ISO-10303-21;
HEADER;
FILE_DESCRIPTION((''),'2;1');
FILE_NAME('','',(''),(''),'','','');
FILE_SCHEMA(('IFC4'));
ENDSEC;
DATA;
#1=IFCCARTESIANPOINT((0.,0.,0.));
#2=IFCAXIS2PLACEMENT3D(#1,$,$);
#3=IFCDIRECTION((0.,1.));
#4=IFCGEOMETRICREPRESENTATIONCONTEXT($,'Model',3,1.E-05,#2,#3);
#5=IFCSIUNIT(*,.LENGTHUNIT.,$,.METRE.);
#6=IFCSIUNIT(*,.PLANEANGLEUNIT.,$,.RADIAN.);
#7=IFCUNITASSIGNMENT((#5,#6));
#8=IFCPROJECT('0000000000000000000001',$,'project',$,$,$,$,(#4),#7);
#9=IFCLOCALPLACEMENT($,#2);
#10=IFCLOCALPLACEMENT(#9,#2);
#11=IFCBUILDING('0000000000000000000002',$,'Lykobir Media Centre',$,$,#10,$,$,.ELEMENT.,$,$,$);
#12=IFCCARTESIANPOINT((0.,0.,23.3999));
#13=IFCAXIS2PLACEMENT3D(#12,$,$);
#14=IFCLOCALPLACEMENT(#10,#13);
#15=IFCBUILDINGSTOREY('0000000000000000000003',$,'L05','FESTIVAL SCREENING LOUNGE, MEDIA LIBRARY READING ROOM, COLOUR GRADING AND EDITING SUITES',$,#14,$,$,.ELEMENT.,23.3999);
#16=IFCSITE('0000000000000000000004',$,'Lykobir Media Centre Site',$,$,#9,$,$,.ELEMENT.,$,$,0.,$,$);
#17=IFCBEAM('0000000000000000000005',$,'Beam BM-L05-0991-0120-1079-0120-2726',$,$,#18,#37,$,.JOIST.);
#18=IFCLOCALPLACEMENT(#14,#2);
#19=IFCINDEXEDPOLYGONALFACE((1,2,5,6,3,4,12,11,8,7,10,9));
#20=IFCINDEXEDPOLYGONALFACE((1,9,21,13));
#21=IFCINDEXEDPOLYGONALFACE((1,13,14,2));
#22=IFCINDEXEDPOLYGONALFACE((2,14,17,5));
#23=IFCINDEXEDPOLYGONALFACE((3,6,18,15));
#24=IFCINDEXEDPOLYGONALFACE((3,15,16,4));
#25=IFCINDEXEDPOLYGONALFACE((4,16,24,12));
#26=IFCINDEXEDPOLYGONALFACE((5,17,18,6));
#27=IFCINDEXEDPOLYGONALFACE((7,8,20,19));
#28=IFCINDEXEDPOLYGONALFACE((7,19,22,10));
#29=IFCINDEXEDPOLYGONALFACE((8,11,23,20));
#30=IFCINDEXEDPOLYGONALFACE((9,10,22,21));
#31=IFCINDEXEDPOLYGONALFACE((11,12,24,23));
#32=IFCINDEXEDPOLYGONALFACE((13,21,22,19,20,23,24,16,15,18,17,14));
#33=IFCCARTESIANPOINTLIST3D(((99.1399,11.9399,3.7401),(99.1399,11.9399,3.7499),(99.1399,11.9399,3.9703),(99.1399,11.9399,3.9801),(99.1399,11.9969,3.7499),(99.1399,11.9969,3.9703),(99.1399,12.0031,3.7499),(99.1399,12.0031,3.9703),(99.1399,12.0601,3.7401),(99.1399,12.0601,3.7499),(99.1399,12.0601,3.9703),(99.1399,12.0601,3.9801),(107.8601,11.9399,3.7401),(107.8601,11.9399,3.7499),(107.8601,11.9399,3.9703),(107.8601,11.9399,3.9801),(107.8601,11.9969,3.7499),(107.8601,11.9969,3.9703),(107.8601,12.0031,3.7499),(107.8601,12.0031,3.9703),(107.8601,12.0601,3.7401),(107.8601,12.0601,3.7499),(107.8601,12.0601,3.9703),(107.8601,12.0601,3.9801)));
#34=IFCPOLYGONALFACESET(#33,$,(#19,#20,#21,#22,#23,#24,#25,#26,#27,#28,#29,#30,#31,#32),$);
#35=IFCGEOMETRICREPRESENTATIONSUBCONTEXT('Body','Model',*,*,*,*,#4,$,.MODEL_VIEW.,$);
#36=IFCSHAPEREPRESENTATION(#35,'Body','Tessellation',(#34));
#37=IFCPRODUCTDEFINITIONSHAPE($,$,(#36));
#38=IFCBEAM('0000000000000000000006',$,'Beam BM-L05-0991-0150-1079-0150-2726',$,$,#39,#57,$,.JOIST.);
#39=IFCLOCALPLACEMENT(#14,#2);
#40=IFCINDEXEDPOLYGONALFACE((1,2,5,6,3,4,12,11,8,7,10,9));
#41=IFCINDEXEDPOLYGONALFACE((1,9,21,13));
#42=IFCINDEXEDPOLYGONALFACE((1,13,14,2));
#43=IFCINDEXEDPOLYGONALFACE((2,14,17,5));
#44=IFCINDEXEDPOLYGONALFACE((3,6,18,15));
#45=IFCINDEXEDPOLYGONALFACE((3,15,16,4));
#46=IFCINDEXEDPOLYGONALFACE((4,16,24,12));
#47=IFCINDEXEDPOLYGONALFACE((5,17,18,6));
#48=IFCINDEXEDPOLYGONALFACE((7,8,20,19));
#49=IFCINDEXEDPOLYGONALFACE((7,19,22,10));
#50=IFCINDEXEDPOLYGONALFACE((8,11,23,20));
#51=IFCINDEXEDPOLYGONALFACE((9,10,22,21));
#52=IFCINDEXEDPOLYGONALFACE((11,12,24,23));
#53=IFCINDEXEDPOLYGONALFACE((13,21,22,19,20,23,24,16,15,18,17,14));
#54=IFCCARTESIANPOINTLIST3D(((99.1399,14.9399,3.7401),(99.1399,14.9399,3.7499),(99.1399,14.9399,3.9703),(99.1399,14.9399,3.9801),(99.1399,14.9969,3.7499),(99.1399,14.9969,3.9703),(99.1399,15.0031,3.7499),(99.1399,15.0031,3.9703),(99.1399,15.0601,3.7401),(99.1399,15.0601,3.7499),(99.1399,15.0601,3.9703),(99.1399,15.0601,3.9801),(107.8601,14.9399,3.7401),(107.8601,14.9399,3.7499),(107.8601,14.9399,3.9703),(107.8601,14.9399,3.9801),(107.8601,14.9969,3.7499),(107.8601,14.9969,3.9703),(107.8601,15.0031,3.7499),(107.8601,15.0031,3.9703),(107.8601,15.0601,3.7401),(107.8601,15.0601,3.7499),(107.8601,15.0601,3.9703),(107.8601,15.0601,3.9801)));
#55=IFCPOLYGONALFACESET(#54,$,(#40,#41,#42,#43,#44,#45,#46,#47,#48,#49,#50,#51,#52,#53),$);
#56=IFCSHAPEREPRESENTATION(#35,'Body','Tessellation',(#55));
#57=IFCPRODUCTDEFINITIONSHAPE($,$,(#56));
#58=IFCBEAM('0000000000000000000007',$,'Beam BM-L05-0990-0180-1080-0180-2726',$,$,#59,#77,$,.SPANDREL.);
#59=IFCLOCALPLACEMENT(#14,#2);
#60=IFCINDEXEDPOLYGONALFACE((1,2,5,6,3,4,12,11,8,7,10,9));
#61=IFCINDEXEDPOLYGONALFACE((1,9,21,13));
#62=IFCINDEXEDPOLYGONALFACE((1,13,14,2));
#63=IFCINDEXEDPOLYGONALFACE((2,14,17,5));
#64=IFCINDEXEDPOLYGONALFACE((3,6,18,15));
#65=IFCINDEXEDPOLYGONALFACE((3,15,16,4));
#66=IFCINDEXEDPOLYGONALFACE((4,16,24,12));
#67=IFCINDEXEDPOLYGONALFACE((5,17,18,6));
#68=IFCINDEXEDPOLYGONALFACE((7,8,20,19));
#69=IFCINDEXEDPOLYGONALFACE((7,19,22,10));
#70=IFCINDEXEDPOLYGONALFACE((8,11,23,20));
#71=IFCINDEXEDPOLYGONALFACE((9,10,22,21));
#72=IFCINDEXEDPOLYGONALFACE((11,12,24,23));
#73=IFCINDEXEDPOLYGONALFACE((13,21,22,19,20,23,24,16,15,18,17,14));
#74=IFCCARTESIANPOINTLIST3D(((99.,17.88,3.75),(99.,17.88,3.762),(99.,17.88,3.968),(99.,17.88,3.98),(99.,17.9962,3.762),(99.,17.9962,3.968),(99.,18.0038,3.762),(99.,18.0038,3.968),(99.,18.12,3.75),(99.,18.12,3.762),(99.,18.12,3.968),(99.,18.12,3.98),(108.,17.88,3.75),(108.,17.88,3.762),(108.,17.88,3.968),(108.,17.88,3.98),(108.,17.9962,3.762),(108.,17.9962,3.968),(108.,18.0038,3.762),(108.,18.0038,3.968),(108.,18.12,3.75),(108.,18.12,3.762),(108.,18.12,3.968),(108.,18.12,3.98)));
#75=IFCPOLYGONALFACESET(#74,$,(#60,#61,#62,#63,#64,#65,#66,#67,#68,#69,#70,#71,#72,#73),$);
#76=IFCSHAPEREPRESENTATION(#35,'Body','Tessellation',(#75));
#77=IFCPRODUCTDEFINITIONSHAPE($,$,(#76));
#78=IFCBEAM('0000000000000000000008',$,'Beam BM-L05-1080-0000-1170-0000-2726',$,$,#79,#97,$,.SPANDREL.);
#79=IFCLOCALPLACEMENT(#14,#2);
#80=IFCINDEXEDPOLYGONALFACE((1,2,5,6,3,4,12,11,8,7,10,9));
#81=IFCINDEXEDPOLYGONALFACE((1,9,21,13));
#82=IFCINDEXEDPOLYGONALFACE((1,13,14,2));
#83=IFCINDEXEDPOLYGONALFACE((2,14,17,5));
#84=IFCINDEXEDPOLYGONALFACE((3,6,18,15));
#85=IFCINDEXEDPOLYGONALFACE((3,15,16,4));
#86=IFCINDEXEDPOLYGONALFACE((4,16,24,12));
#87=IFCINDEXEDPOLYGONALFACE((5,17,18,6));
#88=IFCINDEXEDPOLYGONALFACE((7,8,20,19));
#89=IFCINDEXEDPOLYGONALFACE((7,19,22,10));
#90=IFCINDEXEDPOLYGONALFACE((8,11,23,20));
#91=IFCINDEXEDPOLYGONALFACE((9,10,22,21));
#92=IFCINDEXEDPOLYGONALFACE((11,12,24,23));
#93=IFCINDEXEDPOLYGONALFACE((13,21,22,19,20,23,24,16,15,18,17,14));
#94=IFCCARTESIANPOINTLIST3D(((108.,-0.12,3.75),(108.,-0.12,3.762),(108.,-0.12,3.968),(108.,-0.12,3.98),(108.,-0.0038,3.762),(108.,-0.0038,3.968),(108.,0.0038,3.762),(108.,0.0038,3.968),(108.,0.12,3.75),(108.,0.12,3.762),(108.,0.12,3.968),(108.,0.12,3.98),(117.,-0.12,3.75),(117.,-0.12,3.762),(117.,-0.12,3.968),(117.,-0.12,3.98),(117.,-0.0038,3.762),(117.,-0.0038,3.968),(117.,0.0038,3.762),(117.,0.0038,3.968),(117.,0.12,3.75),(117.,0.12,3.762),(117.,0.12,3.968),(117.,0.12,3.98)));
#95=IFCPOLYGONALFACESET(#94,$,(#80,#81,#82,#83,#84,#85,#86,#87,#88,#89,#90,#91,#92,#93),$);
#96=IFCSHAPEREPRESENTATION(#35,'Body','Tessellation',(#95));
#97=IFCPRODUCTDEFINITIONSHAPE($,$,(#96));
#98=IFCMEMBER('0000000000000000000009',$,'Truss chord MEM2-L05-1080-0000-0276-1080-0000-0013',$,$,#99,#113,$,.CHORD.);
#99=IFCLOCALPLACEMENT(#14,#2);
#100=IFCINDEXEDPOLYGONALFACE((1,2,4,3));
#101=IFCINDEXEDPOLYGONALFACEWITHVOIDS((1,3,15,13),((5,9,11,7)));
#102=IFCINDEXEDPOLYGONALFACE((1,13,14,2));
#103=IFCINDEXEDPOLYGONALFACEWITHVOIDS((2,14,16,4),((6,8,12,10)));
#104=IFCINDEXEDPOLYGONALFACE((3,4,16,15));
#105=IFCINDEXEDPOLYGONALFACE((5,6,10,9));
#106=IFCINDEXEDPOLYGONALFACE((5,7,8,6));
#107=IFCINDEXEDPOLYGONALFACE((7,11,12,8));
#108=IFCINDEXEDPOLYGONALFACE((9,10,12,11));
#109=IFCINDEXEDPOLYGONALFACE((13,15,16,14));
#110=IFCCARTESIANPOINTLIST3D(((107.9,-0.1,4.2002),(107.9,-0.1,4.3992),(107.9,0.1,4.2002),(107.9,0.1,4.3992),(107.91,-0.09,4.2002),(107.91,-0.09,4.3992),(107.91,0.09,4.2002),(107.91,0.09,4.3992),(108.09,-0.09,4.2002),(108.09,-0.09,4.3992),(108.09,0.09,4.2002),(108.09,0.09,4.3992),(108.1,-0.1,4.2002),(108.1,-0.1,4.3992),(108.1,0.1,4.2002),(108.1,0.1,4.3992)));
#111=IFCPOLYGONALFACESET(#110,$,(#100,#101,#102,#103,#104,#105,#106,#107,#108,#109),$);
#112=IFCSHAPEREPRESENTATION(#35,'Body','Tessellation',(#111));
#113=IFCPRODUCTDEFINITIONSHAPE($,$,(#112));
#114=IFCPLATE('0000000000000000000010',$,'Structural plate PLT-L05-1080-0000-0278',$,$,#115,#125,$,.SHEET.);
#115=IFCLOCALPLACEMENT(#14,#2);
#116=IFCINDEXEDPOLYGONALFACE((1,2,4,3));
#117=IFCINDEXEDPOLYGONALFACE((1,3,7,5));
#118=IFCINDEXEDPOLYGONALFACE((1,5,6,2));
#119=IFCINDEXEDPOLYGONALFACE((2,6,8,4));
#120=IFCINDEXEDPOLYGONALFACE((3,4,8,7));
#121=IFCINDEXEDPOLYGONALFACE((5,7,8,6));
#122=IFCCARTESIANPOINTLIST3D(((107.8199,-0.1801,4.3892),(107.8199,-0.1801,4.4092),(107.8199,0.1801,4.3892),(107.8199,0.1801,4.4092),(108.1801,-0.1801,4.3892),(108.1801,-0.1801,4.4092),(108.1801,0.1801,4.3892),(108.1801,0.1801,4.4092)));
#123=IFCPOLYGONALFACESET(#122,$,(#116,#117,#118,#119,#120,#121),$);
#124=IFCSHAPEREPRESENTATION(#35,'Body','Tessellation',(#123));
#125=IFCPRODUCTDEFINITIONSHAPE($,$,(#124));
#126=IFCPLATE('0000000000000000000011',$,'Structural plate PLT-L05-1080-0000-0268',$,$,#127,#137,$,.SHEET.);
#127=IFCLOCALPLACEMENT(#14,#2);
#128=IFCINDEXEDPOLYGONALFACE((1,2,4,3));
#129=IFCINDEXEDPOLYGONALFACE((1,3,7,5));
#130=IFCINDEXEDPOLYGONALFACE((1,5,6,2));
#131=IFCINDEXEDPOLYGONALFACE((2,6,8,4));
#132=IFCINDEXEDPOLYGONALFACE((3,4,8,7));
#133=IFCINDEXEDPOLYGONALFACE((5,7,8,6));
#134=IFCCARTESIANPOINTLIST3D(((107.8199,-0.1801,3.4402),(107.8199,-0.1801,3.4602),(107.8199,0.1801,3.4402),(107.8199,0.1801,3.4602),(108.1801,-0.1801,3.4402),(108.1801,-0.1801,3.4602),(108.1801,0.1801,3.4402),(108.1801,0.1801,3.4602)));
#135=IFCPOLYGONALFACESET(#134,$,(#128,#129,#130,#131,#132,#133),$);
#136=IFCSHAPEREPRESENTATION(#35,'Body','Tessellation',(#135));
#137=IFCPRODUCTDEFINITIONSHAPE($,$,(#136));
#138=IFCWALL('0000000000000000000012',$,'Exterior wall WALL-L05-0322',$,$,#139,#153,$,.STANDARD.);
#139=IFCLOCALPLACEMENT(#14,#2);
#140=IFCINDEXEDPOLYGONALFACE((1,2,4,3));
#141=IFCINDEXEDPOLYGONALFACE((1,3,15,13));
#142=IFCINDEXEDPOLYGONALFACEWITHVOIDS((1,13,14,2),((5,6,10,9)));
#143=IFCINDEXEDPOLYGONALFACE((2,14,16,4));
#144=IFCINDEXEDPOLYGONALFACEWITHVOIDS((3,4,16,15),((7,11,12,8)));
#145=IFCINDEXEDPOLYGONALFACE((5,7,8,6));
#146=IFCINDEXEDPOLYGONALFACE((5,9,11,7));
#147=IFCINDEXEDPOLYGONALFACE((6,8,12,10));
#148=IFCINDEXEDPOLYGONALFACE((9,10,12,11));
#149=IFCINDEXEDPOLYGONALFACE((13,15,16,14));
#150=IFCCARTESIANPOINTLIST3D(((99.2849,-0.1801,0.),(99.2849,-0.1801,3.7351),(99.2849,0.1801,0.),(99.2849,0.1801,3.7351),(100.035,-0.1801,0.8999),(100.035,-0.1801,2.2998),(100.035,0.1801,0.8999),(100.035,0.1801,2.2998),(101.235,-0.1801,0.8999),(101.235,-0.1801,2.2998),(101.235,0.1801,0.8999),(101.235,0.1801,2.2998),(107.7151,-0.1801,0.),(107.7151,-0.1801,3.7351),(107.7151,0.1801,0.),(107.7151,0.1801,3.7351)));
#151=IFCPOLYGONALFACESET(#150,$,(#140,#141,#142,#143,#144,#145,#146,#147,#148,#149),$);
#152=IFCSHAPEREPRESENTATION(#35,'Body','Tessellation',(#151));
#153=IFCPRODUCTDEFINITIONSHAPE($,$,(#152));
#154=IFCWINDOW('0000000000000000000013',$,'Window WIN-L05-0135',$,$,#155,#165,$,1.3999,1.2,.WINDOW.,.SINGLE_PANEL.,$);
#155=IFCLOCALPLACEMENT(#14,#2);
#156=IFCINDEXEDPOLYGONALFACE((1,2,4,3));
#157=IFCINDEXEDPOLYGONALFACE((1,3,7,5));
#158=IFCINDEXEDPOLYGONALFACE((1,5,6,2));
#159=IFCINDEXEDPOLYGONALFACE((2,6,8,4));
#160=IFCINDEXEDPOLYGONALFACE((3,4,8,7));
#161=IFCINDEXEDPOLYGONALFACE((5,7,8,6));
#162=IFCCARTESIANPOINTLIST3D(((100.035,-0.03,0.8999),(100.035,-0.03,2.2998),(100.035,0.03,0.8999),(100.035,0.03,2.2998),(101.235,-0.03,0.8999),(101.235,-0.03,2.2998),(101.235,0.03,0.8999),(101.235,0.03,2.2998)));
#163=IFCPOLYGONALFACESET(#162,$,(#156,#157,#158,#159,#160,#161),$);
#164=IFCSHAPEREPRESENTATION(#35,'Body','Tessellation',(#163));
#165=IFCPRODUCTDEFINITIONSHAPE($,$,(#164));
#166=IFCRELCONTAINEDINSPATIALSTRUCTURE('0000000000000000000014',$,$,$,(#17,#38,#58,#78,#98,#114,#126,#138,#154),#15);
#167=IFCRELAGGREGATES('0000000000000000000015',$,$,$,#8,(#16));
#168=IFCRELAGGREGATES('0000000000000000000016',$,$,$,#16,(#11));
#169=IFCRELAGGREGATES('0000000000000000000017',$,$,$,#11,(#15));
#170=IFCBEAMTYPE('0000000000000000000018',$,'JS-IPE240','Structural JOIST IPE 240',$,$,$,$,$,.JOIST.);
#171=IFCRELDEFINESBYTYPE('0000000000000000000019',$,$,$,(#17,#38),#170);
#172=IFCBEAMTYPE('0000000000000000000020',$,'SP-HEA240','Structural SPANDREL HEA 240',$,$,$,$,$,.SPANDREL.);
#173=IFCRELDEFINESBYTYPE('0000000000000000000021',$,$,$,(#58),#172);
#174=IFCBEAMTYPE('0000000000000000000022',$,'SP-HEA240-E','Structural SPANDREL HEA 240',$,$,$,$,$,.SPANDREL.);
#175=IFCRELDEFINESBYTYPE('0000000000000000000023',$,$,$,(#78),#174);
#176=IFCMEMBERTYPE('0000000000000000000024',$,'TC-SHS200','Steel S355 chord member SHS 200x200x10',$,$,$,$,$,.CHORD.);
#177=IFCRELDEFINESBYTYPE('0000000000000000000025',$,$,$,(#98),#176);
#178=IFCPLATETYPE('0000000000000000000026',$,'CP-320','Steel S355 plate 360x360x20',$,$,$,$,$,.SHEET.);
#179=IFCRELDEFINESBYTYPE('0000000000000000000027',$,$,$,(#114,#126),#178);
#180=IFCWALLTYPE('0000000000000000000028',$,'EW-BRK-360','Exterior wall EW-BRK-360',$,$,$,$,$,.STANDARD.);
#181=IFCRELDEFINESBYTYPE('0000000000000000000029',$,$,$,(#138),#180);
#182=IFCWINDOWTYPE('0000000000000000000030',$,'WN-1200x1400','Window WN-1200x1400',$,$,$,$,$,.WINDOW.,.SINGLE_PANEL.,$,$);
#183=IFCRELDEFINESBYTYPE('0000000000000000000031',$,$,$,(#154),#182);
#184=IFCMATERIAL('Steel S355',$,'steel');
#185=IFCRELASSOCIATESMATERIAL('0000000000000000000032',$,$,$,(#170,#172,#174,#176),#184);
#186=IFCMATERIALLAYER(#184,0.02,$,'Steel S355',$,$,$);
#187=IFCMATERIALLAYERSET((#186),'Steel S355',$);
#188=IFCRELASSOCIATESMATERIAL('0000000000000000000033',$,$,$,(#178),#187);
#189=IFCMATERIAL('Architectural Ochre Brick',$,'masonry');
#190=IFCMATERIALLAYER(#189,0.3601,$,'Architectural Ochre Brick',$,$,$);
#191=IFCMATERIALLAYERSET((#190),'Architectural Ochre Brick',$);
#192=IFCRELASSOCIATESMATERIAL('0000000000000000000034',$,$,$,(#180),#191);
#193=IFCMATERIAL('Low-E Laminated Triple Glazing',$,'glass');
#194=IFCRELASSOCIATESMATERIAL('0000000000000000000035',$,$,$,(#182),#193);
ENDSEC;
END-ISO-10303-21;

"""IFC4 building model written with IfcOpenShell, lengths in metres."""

from ifc_helpers import new_model, si_unit, direction, frame, frame_2d, origin, origin_2d, place, context, subcontext, project, spatial, rectangle, hollow_rectangle, i_section, extrude, material, layer, layer_set, material_profile, profile_set, type_object, element, fill, save


model = new_model("IFC4")

# Units and contexts
model_context = context("Model", 3, precision=1e-05, world=origin(), true_north=direction((0.0, 1.0)))
body_context = subcontext(model_context, "Body", "Model", "MODEL_VIEW")
ifc_project = project(units=[si_unit("LENGTHUNIT", "METRE"), si_unit("PLANEANGLEUNIT", "RADIAN")], contexts=[model_context])

# Site, building, storey
site_placement = place(None, origin())
site = spatial("IfcSite", under=ifc_project, at=site_placement, Name="Lykobir Media Centre Site", CompositionType="ELEMENT", RefElevation=0.0)
building_placement = place(site_placement, origin())
building = spatial("IfcBuilding", under=site, at=building_placement, Name="Lykobir Media Centre", CompositionType="ELEMENT")
storey_placement = place(building_placement, frame((0.0, 0.0, 23.3999)))
storey = spatial("IfcBuildingStorey", under=building, at=storey_placement, Name="L05", Description="FESTIVAL SCREENING LOUNGE, MEDIA LIBRARY READING ROOM, COLOUR GRADING AND EDITING SUITES", CompositionType="ELEMENT", Elevation=23.3999)

# Shared definitions
ifc_material_1 = material(Name="Steel S355", Category="steel")

# Beams
ifc_material_profile_1 = material_profile(ifc_material_1, i_section(OverallWidth=0.1201, OverallDepth=0.24, WebThickness=0.0061, FlangeThickness=0.0098, at=origin_2d()), Name="IPE 240")
ifc_profile_set_1 = profile_set([ifc_material_profile_1], Name="Steel S355")
beam_type_1 = type_object("IfcBeamType", Name="JS-IPE240", Description="Structural JOIST IPE 240", PredefinedType="JOIST", material=ifc_profile_set_1)
for number, where, z_axis, x_axis, name in (
    (1, (99.1399, 12.0, 3.8601), (1.0, 0.0, 0.0), (0.0, 1.0, 0.0), "Beam BM-L05-0991-0120-1079-0120-2726"),
    (2, (99.1399, 15.0, 3.8601), (1.0, 0.0, 0.0), (0.0, 1.0, 0.0), "Beam BM-L05-0991-0150-1079-0150-2726"),
):
    element("IfcBeam", number, at=place(storey_placement, frame(where, z_axis=z_axis, x_axis=x_axis)), inside=storey, type_object=beam_type_1, Name=name, PredefinedType="JOIST", context=body_context, shape_type="SweptSolid", body=[
        extrude(i_section(OverallWidth=0.1201, OverallDepth=0.24, WebThickness=0.0061, FlangeThickness=0.0098, at=origin_2d()), origin(), (0.0, 0.0, 1.0), 8.7202),
    ])
ifc_material_profile_2 = material_profile(ifc_material_1, i_section(OverallWidth=0.24, OverallDepth=0.23, WebThickness=0.0076, FlangeThickness=0.012, at=origin_2d()), Name="HEA 240")
ifc_profile_set_2 = profile_set([ifc_material_profile_2], Name="Steel S355")
beam_type_2 = type_object("IfcBeamType", Name="SP-HEA240", Description="Structural SPANDREL HEA 240", PredefinedType="SPANDREL", material=ifc_profile_set_2)
beam_1_placement = place(storey_placement, frame((99.0, 18.0, 3.865), z_axis=(1.0, 0.0, 0.0), x_axis=(0.0, 1.0, 0.0)))
element("IfcBeam", 3, at=beam_1_placement, inside=storey, type_object=beam_type_2, Name="Beam BM-L05-0990-0180-1080-0180-2726", PredefinedType="SPANDREL", context=body_context, shape_type="SweptSolid", body=[
    extrude(i_section(OverallWidth=0.24, OverallDepth=0.23, WebThickness=0.0076, FlangeThickness=0.012, at=origin_2d()), origin(), (0.0, 0.0, 1.0), 9.0),
])
ifc_material_profile_3 = material_profile(ifc_material_1, i_section(OverallWidth=0.24, OverallDepth=0.23, WebThickness=0.0076, FlangeThickness=0.012, at=origin_2d()), Name="HEA 240")
ifc_profile_set_3 = profile_set([ifc_material_profile_3], Name="Steel S355")
beam_type_3 = type_object("IfcBeamType", Name="SP-HEA240-E", Description="Structural SPANDREL HEA 240", PredefinedType="SPANDREL", material=ifc_profile_set_3)
beam_2_placement = place(storey_placement, frame((108.0, 0.0, 3.865), z_axis=(1.0, 0.0, 0.0), x_axis=(0.0, 1.0, 0.0)))
element("IfcBeam", 4, at=beam_2_placement, inside=storey, type_object=beam_type_3, Name="Beam BM-L05-1080-0000-1170-0000-2726", PredefinedType="SPANDREL", context=body_context, shape_type="SweptSolid", body=[
    extrude(i_section(OverallWidth=0.24, OverallDepth=0.23, WebThickness=0.0076, FlangeThickness=0.012, at=origin_2d()), origin(), (0.0, 0.0, 1.0), 9.0),
])

# Member
ifc_material_profile_4 = material_profile(ifc_material_1, hollow_rectangle(XDim=0.2, YDim=0.2, WallThickness=0.01, at=origin_2d()), Name="SHS 200x200x10")
ifc_profile_set_4 = profile_set([ifc_material_profile_4], Name="Steel S355")
member_type_1 = type_object("IfcMemberType", Name="TC-SHS200", Description="Steel S355 chord member SHS 200x200x10", PredefinedType="CHORD", material=ifc_profile_set_4)
member_1_placement = place(storey_placement, frame((108.0, 0.0, 4.2002), z_axis=(0.0, 0.0, 1.0), x_axis=(1.0, 0.0, 0.0)))
element("IfcMember", 5, at=member_1_placement, inside=storey, type_object=member_type_1, Name="Truss chord MEM2-L05-1080-0000-0276-1080-0000-0013", PredefinedType="CHORD", context=body_context, shape_type="SweptSolid", body=[
    extrude(hollow_rectangle(XDim=0.2, YDim=0.2, WallThickness=0.01, at=origin_2d()), origin(), (0.0, 0.0, 1.0), 0.199),
])

# Plates
ifc_layer_1 = layer(ifc_material_1, 0.02, Name="Steel S355")
ifc_layer_set_1 = layer_set([ifc_layer_1], Name="Steel S355")
plate_type = type_object("IfcPlateType", Name="CP-320", Description="Steel S355 plate 360x360x20", PredefinedType="SHEET", material=ifc_layer_set_1)
for number, where, z_axis, x_axis, name in (
    (6, (108.0, 0.0, 4.3892), (0.0, 0.0, 1.0), (1.0, 0.0, 0.0), "Structural plate PLT-L05-1080-0000-0278"),
    (7, (108.0, 0.0, 3.4402), (0.0, 0.0, 1.0), (1.0, 0.0, 0.0), "Structural plate PLT-L05-1080-0000-0268"),
):
    element("IfcPlate", number, at=place(storey_placement, frame(where, z_axis=z_axis, x_axis=x_axis)), inside=storey, type_object=plate_type, Name=name, PredefinedType="SHEET", context=body_context, shape_type="SweptSolid", body=[
        extrude(rectangle(XDim=0.3601, YDim=0.3601, at=origin_2d()), origin(), (0.0, 0.0, 1.0), 0.02),
    ])

# Wall, opening, window
ifc_material_2 = material(Name="Architectural Ochre Brick", Category="masonry")
ifc_layer_2 = layer(ifc_material_2, 0.3601, Name="Architectural Ochre Brick")
ifc_layer_set_2 = layer_set([ifc_layer_2], Name="Architectural Ochre Brick")
wall_type_1 = type_object("IfcWallType", Name="EW-BRK-360", Description="Exterior wall EW-BRK-360", PredefinedType="STANDARD", material=ifc_layer_set_2)
wall_1_placement = place(storey_placement, frame((99.2849, 0.0, 0.0), z_axis=(0.0, 0.0, 1.0), x_axis=(1.0, 0.0, 0.0)))
wall_1 = element("IfcWall", 8, at=wall_1_placement, inside=storey, type_object=wall_type_1, Name="Exterior wall WALL-L05-0322", PredefinedType="STANDARD", context=body_context, shape_type="SweptSolid", body=[
    extrude(rectangle(XDim=8.4302, YDim=0.3601, at=frame_2d((4.2151, 0.0))), origin(), (0.0, 0.0, 1.0), 3.7351),
])
opening_1_placement = place(wall_1_placement, frame((0.75, 0.0, 0.8999)))
opening_1 = element("IfcOpeningElement", 9, at=opening_1_placement, cuts=wall_1, PredefinedType="OPENING", context=body_context, shape_type="SweptSolid", body=[
    extrude(rectangle(XDim=1.2, YDim=1.3999, at=frame_2d((0.6001, 0.7))), frame((0.0, 0.1899, 0.0), z_axis=(0.0, -1.0, 0.0), x_axis=(1.0, 0.0, 0.0)), (0.0, 0.0, 1.0), 0.3801),
])
ifc_material_3 = material(Name="Low-E Laminated Triple Glazing", Category="glass")
window_type = type_object("IfcWindowType", Name="WN-1200x1400", Description="Window WN-1200x1400", PartitioningType="SINGLE_PANEL", PredefinedType="WINDOW", material=ifc_material_3)
window_placement = place(opening_1_placement, origin())
window = element("IfcWindow", 10, at=window_placement, inside=storey, type_object=window_type, Name="Window WIN-L05-0135", OverallHeight=1.3999, OverallWidth=1.2, PartitioningType="SINGLE_PANEL", PredefinedType="WINDOW", context=body_context, shape_type="SweptSolid", body=[
    extrude(rectangle(XDim=1.2, YDim=1.3999, at=frame_2d((0.6001, 0.7))), frame((0.0, 0.03, 0.0), z_axis=(0.0, -1.0, 0.0), x_axis=(1.0, 0.0, 0.0)), (0.0, 0.0, 1.0), 0.0601),
])
fill(opening_1, window)

save(model, "model.ifc")
